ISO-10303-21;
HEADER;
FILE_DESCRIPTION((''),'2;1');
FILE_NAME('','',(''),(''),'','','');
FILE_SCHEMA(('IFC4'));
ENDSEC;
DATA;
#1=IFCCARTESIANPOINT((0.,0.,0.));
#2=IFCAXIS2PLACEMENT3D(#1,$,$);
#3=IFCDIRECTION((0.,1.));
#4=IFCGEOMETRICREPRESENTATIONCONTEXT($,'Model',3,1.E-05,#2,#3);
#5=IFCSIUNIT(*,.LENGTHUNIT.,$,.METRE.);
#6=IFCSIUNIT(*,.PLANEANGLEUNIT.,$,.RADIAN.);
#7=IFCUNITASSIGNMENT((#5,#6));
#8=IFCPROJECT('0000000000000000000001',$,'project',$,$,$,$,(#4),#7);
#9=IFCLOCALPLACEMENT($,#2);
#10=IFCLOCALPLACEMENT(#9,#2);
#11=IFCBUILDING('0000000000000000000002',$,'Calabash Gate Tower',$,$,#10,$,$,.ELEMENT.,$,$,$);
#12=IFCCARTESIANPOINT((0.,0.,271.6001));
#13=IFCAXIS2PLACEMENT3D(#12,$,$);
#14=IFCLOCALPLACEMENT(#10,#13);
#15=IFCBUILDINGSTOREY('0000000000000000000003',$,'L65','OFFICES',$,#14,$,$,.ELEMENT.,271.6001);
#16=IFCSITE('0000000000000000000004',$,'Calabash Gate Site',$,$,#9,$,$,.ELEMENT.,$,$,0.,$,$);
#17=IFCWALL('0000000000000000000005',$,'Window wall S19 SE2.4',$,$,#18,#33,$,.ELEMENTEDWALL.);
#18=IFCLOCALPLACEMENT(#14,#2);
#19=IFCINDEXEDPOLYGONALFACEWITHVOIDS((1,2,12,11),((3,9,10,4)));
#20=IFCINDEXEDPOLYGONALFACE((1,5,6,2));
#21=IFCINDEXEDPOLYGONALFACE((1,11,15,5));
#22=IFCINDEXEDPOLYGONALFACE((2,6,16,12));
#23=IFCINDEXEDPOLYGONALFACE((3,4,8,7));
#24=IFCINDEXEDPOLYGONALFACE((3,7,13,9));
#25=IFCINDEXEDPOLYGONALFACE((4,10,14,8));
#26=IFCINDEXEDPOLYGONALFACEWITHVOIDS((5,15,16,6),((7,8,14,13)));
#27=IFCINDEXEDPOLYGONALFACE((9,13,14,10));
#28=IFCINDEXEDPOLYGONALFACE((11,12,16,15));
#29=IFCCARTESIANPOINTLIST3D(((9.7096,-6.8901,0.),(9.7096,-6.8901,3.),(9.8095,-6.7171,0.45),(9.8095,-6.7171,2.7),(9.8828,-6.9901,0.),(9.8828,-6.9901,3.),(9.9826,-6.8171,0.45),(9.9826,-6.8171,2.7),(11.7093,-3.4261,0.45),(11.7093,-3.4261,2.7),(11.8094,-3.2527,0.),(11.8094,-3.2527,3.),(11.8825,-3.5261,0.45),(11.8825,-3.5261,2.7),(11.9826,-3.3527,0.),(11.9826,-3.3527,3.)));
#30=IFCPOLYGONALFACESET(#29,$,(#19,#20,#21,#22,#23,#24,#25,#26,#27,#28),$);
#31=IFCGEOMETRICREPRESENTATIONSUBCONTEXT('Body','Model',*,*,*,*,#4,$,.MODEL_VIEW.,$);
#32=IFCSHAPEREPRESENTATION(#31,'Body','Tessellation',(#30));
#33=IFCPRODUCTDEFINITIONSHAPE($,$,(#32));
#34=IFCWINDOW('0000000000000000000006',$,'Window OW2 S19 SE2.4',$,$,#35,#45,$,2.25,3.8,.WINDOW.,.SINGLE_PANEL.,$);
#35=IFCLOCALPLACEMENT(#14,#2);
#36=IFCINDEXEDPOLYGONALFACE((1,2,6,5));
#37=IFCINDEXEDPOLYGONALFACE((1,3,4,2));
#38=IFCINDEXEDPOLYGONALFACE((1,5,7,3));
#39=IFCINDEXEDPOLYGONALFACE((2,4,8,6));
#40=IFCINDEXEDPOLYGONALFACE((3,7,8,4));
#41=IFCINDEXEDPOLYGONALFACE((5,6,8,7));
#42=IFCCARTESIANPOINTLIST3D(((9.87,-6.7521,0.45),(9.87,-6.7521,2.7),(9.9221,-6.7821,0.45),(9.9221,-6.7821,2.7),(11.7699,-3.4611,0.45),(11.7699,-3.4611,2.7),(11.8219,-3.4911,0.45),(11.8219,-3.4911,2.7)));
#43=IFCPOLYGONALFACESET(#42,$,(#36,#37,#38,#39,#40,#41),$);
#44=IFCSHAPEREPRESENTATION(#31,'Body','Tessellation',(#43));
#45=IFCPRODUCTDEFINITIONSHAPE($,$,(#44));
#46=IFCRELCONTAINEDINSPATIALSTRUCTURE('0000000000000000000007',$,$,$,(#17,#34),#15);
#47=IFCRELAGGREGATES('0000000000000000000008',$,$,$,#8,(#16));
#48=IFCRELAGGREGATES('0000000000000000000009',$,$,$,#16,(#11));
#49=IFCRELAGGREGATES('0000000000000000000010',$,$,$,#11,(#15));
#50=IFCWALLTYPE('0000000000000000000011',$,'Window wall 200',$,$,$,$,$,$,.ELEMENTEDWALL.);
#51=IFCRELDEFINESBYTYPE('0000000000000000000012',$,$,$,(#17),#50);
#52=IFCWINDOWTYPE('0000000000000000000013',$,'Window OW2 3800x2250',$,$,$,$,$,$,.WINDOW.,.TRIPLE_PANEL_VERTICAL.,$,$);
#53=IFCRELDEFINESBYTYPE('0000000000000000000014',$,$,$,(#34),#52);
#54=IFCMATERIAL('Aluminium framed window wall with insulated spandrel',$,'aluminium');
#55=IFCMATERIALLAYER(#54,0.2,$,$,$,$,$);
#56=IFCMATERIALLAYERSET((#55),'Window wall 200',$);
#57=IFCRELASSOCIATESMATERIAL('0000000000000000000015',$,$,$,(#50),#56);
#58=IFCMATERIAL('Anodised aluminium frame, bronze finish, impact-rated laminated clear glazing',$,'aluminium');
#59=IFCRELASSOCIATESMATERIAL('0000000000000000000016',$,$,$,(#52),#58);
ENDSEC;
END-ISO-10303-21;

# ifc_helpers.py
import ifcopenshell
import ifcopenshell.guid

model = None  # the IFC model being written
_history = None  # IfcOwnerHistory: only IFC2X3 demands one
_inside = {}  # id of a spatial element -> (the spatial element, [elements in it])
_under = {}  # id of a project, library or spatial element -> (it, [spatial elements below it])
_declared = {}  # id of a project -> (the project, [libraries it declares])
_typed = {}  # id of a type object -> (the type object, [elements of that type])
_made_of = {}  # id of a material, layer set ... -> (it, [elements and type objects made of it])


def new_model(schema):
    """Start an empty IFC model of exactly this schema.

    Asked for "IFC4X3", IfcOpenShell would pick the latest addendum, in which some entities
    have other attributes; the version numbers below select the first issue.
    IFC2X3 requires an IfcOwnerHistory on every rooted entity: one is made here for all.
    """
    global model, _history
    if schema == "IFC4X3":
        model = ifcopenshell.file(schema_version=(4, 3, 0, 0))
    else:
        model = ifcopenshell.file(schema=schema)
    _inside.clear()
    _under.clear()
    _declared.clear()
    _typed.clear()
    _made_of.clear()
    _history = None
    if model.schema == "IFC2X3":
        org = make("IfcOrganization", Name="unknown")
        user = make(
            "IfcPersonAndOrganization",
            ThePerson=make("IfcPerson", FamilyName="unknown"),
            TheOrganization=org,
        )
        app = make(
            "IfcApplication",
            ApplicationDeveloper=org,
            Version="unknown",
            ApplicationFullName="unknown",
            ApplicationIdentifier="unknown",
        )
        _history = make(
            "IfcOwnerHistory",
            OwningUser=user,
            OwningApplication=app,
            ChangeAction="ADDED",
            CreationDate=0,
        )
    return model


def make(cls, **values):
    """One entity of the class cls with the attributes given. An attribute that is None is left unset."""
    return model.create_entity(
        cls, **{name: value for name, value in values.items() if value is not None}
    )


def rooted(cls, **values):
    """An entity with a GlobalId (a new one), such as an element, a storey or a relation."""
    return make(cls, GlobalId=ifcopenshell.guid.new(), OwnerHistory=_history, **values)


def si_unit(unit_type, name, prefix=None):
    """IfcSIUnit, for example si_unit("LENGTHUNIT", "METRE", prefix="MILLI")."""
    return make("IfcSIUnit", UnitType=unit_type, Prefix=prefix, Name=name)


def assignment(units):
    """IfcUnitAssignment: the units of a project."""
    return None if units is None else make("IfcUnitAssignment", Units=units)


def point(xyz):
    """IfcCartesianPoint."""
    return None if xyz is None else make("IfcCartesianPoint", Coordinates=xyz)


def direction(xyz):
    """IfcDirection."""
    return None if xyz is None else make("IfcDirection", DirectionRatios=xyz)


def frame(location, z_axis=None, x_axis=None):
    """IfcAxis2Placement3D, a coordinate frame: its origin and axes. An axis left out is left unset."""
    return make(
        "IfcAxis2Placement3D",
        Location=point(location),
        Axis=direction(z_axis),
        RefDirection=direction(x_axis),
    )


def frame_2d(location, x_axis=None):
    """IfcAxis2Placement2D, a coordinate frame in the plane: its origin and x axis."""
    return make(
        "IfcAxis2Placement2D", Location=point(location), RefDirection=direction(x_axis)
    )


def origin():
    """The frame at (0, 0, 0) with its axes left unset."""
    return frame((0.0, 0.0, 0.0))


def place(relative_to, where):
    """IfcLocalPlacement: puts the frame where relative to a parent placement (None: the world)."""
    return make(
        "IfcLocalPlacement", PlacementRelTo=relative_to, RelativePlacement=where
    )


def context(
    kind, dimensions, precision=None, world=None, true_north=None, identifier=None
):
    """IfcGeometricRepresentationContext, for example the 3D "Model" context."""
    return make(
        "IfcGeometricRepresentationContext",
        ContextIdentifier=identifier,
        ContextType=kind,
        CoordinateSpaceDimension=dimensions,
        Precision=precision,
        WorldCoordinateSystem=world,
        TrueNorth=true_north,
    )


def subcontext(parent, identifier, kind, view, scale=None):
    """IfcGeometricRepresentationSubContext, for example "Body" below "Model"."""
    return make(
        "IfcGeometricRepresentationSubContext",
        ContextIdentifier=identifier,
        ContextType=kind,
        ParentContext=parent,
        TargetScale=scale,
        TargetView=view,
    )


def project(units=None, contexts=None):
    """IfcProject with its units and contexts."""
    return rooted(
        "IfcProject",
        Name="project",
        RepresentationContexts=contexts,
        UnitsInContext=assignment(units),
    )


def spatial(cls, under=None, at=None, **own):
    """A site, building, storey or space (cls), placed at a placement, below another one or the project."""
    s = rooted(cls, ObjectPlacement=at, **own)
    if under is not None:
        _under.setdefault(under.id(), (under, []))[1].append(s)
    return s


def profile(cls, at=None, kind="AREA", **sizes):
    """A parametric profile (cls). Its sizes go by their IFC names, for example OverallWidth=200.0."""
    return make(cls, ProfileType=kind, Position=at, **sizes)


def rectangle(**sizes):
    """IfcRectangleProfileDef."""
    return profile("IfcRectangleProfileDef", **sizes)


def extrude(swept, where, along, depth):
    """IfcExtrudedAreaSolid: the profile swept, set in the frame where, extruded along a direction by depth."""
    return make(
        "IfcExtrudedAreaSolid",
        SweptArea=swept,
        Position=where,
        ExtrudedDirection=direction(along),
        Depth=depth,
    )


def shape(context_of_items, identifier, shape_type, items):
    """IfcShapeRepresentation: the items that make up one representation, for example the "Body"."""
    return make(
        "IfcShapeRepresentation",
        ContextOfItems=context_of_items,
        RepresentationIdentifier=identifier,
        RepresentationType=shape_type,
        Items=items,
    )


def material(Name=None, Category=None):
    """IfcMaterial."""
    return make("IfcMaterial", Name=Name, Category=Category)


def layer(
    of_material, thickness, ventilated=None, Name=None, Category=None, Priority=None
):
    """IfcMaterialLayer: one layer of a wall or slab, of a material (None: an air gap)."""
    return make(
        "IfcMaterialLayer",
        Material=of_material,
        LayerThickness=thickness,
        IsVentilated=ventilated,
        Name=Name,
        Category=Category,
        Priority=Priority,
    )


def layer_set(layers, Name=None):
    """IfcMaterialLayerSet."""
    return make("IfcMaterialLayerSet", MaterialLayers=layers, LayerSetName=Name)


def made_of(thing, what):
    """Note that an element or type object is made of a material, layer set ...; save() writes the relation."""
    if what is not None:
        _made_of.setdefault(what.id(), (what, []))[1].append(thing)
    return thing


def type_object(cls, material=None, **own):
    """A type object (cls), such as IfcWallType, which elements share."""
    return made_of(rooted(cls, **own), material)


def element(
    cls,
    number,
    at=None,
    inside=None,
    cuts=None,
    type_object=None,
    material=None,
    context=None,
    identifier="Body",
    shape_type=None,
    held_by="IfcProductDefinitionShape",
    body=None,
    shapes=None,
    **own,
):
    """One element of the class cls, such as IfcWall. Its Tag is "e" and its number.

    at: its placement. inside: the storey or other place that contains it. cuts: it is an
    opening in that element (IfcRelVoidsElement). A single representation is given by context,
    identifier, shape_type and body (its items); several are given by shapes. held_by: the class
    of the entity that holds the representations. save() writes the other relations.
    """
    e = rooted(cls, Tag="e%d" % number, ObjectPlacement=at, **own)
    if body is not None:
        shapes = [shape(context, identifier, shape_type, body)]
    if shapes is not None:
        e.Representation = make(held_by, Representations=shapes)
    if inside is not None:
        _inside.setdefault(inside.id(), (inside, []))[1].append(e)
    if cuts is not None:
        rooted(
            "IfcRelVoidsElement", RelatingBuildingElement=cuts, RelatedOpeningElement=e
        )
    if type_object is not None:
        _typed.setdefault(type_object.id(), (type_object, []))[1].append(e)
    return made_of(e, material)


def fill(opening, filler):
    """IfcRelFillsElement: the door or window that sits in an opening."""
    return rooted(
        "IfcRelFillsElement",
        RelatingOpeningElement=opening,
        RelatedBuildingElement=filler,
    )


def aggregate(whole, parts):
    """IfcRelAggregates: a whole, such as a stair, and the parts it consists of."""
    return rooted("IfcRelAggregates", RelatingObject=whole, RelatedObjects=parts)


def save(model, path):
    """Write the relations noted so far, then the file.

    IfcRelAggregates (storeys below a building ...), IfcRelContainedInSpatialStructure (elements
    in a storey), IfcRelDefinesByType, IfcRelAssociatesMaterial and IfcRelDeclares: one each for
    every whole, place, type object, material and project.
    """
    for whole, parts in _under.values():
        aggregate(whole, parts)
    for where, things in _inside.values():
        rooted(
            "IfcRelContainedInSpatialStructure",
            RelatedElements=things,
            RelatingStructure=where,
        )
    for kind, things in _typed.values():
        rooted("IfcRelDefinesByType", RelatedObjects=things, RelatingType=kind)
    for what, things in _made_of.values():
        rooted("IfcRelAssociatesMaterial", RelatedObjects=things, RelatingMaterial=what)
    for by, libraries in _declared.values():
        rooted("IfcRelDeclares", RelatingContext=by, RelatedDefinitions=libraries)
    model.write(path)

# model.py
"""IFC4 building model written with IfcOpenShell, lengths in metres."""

from ifc_helpers import new_model, si_unit, direction, frame, frame_2d, origin, place, context, subcontext, project, spatial, rectangle, extrude, material, layer, layer_set, type_object, element, fill, save


model = new_model("IFC4")

# Units and contexts
model_context = context("Model", 3, precision=1e-05, world=origin(), true_north=direction((0.0, 1.0)))
body_context = subcontext(model_context, "Body", "Model", "MODEL_VIEW")
ifc_project = project(units=[si_unit("LENGTHUNIT", "METRE"), si_unit("PLANEANGLEUNIT", "RADIAN")], contexts=[model_context])

# Site, building, storey
site_placement = place(None, origin())
site = spatial("IfcSite", under=ifc_project, at=site_placement, Name="Calabash Gate Site", CompositionType="ELEMENT", RefElevation=0.0)
building_placement = place(site_placement, origin())
building = spatial("IfcBuilding", under=site, at=building_placement, Name="Calabash Gate Tower", CompositionType="ELEMENT")
storey_placement = place(building_placement, frame((0.0, 0.0, 271.6001)))
storey = spatial("IfcBuildingStorey", under=building, at=storey_placement, Name="L65", Description="OFFICES", CompositionType="ELEMENT", Elevation=271.6001)

# Shared definitions
ifc_material_1 = material(Name="Aluminium framed window wall with insulated spandrel", Category="aluminium")
ifc_layer_1 = layer(ifc_material_1, 0.2)
ifc_layer_set_1 = layer_set([ifc_layer_1], Name="Window wall 200")
wall_type_1 = type_object("IfcWallType", Name="Window wall 200", PredefinedType="ELEMENTEDWALL", material=ifc_layer_set_1)

# Wall, opening, window
wall_1_placement = place(storey_placement, frame((9.7961, -6.9402, 0.0), z_axis=(0.0, 0.0, 1.0), x_axis=(0.499959, 0.866049, 0.0)))
wall_1 = element("IfcWall", 1, at=wall_1_placement, inside=storey, type_object=wall_type_1, Name="Window wall S19 SE2.4", PredefinedType="ELEMENTEDWALL", context=body_context, shape_type="SweptSolid", body=[
    extrude(rectangle(XDim=4.2, YDim=0.2, at=frame_2d((2.1001, 0.0))), origin(), (0.0, 0.0, 1.0), 3.0),
])
opening_1_placement = place(wall_1_placement, frame((0.2, 0.0, 0.45)))
opening_1 = element("IfcOpeningElement", 2, at=opening_1_placement, cuts=wall_1, PredefinedType="OPENING", context=body_context, shape_type="SweptSolid", body=[
    extrude(rectangle(XDim=3.8, YDim=2.25, at=frame_2d((1.8999, 1.125))), frame((0.0, 0.1099, 0.0), z_axis=(0.0, -1.0, 0.0), x_axis=(1.0, 0.0, 0.0)), (0.0, 0.0, 1.0), 0.22),
])
ifc_material_2 = material(Name="Anodised aluminium frame, bronze finish, impact-rated laminated clear glazing", Category="aluminium")
window_type_1 = type_object("IfcWindowType", Name="Window OW2 3800x2250", PartitioningType="TRIPLE_PANEL_VERTICAL", PredefinedType="WINDOW", material=ifc_material_2)
window_1_placement = place(opening_1_placement, origin())
window_1 = element("IfcWindow", 3, at=window_1_placement, inside=storey, type_object=window_type_1, Name="Window OW2 S19 SE2.4", OverallHeight=2.25, OverallWidth=3.8, PartitioningType="SINGLE_PANEL", PredefinedType="WINDOW", context=body_context, shape_type="SweptSolid", body=[
    extrude(rectangle(XDim=3.8, YDim=2.25, at=frame_2d((1.8999, 1.125))), frame((0.0, 0.03, 0.0), z_axis=(0.0, -1.0, 0.0), x_axis=(1.0, 0.0, 0.0)), (0.0, 0.0, 1.0), 0.0601),
])
fill(opening_1, window_1)

save(model, "model.ifc")
